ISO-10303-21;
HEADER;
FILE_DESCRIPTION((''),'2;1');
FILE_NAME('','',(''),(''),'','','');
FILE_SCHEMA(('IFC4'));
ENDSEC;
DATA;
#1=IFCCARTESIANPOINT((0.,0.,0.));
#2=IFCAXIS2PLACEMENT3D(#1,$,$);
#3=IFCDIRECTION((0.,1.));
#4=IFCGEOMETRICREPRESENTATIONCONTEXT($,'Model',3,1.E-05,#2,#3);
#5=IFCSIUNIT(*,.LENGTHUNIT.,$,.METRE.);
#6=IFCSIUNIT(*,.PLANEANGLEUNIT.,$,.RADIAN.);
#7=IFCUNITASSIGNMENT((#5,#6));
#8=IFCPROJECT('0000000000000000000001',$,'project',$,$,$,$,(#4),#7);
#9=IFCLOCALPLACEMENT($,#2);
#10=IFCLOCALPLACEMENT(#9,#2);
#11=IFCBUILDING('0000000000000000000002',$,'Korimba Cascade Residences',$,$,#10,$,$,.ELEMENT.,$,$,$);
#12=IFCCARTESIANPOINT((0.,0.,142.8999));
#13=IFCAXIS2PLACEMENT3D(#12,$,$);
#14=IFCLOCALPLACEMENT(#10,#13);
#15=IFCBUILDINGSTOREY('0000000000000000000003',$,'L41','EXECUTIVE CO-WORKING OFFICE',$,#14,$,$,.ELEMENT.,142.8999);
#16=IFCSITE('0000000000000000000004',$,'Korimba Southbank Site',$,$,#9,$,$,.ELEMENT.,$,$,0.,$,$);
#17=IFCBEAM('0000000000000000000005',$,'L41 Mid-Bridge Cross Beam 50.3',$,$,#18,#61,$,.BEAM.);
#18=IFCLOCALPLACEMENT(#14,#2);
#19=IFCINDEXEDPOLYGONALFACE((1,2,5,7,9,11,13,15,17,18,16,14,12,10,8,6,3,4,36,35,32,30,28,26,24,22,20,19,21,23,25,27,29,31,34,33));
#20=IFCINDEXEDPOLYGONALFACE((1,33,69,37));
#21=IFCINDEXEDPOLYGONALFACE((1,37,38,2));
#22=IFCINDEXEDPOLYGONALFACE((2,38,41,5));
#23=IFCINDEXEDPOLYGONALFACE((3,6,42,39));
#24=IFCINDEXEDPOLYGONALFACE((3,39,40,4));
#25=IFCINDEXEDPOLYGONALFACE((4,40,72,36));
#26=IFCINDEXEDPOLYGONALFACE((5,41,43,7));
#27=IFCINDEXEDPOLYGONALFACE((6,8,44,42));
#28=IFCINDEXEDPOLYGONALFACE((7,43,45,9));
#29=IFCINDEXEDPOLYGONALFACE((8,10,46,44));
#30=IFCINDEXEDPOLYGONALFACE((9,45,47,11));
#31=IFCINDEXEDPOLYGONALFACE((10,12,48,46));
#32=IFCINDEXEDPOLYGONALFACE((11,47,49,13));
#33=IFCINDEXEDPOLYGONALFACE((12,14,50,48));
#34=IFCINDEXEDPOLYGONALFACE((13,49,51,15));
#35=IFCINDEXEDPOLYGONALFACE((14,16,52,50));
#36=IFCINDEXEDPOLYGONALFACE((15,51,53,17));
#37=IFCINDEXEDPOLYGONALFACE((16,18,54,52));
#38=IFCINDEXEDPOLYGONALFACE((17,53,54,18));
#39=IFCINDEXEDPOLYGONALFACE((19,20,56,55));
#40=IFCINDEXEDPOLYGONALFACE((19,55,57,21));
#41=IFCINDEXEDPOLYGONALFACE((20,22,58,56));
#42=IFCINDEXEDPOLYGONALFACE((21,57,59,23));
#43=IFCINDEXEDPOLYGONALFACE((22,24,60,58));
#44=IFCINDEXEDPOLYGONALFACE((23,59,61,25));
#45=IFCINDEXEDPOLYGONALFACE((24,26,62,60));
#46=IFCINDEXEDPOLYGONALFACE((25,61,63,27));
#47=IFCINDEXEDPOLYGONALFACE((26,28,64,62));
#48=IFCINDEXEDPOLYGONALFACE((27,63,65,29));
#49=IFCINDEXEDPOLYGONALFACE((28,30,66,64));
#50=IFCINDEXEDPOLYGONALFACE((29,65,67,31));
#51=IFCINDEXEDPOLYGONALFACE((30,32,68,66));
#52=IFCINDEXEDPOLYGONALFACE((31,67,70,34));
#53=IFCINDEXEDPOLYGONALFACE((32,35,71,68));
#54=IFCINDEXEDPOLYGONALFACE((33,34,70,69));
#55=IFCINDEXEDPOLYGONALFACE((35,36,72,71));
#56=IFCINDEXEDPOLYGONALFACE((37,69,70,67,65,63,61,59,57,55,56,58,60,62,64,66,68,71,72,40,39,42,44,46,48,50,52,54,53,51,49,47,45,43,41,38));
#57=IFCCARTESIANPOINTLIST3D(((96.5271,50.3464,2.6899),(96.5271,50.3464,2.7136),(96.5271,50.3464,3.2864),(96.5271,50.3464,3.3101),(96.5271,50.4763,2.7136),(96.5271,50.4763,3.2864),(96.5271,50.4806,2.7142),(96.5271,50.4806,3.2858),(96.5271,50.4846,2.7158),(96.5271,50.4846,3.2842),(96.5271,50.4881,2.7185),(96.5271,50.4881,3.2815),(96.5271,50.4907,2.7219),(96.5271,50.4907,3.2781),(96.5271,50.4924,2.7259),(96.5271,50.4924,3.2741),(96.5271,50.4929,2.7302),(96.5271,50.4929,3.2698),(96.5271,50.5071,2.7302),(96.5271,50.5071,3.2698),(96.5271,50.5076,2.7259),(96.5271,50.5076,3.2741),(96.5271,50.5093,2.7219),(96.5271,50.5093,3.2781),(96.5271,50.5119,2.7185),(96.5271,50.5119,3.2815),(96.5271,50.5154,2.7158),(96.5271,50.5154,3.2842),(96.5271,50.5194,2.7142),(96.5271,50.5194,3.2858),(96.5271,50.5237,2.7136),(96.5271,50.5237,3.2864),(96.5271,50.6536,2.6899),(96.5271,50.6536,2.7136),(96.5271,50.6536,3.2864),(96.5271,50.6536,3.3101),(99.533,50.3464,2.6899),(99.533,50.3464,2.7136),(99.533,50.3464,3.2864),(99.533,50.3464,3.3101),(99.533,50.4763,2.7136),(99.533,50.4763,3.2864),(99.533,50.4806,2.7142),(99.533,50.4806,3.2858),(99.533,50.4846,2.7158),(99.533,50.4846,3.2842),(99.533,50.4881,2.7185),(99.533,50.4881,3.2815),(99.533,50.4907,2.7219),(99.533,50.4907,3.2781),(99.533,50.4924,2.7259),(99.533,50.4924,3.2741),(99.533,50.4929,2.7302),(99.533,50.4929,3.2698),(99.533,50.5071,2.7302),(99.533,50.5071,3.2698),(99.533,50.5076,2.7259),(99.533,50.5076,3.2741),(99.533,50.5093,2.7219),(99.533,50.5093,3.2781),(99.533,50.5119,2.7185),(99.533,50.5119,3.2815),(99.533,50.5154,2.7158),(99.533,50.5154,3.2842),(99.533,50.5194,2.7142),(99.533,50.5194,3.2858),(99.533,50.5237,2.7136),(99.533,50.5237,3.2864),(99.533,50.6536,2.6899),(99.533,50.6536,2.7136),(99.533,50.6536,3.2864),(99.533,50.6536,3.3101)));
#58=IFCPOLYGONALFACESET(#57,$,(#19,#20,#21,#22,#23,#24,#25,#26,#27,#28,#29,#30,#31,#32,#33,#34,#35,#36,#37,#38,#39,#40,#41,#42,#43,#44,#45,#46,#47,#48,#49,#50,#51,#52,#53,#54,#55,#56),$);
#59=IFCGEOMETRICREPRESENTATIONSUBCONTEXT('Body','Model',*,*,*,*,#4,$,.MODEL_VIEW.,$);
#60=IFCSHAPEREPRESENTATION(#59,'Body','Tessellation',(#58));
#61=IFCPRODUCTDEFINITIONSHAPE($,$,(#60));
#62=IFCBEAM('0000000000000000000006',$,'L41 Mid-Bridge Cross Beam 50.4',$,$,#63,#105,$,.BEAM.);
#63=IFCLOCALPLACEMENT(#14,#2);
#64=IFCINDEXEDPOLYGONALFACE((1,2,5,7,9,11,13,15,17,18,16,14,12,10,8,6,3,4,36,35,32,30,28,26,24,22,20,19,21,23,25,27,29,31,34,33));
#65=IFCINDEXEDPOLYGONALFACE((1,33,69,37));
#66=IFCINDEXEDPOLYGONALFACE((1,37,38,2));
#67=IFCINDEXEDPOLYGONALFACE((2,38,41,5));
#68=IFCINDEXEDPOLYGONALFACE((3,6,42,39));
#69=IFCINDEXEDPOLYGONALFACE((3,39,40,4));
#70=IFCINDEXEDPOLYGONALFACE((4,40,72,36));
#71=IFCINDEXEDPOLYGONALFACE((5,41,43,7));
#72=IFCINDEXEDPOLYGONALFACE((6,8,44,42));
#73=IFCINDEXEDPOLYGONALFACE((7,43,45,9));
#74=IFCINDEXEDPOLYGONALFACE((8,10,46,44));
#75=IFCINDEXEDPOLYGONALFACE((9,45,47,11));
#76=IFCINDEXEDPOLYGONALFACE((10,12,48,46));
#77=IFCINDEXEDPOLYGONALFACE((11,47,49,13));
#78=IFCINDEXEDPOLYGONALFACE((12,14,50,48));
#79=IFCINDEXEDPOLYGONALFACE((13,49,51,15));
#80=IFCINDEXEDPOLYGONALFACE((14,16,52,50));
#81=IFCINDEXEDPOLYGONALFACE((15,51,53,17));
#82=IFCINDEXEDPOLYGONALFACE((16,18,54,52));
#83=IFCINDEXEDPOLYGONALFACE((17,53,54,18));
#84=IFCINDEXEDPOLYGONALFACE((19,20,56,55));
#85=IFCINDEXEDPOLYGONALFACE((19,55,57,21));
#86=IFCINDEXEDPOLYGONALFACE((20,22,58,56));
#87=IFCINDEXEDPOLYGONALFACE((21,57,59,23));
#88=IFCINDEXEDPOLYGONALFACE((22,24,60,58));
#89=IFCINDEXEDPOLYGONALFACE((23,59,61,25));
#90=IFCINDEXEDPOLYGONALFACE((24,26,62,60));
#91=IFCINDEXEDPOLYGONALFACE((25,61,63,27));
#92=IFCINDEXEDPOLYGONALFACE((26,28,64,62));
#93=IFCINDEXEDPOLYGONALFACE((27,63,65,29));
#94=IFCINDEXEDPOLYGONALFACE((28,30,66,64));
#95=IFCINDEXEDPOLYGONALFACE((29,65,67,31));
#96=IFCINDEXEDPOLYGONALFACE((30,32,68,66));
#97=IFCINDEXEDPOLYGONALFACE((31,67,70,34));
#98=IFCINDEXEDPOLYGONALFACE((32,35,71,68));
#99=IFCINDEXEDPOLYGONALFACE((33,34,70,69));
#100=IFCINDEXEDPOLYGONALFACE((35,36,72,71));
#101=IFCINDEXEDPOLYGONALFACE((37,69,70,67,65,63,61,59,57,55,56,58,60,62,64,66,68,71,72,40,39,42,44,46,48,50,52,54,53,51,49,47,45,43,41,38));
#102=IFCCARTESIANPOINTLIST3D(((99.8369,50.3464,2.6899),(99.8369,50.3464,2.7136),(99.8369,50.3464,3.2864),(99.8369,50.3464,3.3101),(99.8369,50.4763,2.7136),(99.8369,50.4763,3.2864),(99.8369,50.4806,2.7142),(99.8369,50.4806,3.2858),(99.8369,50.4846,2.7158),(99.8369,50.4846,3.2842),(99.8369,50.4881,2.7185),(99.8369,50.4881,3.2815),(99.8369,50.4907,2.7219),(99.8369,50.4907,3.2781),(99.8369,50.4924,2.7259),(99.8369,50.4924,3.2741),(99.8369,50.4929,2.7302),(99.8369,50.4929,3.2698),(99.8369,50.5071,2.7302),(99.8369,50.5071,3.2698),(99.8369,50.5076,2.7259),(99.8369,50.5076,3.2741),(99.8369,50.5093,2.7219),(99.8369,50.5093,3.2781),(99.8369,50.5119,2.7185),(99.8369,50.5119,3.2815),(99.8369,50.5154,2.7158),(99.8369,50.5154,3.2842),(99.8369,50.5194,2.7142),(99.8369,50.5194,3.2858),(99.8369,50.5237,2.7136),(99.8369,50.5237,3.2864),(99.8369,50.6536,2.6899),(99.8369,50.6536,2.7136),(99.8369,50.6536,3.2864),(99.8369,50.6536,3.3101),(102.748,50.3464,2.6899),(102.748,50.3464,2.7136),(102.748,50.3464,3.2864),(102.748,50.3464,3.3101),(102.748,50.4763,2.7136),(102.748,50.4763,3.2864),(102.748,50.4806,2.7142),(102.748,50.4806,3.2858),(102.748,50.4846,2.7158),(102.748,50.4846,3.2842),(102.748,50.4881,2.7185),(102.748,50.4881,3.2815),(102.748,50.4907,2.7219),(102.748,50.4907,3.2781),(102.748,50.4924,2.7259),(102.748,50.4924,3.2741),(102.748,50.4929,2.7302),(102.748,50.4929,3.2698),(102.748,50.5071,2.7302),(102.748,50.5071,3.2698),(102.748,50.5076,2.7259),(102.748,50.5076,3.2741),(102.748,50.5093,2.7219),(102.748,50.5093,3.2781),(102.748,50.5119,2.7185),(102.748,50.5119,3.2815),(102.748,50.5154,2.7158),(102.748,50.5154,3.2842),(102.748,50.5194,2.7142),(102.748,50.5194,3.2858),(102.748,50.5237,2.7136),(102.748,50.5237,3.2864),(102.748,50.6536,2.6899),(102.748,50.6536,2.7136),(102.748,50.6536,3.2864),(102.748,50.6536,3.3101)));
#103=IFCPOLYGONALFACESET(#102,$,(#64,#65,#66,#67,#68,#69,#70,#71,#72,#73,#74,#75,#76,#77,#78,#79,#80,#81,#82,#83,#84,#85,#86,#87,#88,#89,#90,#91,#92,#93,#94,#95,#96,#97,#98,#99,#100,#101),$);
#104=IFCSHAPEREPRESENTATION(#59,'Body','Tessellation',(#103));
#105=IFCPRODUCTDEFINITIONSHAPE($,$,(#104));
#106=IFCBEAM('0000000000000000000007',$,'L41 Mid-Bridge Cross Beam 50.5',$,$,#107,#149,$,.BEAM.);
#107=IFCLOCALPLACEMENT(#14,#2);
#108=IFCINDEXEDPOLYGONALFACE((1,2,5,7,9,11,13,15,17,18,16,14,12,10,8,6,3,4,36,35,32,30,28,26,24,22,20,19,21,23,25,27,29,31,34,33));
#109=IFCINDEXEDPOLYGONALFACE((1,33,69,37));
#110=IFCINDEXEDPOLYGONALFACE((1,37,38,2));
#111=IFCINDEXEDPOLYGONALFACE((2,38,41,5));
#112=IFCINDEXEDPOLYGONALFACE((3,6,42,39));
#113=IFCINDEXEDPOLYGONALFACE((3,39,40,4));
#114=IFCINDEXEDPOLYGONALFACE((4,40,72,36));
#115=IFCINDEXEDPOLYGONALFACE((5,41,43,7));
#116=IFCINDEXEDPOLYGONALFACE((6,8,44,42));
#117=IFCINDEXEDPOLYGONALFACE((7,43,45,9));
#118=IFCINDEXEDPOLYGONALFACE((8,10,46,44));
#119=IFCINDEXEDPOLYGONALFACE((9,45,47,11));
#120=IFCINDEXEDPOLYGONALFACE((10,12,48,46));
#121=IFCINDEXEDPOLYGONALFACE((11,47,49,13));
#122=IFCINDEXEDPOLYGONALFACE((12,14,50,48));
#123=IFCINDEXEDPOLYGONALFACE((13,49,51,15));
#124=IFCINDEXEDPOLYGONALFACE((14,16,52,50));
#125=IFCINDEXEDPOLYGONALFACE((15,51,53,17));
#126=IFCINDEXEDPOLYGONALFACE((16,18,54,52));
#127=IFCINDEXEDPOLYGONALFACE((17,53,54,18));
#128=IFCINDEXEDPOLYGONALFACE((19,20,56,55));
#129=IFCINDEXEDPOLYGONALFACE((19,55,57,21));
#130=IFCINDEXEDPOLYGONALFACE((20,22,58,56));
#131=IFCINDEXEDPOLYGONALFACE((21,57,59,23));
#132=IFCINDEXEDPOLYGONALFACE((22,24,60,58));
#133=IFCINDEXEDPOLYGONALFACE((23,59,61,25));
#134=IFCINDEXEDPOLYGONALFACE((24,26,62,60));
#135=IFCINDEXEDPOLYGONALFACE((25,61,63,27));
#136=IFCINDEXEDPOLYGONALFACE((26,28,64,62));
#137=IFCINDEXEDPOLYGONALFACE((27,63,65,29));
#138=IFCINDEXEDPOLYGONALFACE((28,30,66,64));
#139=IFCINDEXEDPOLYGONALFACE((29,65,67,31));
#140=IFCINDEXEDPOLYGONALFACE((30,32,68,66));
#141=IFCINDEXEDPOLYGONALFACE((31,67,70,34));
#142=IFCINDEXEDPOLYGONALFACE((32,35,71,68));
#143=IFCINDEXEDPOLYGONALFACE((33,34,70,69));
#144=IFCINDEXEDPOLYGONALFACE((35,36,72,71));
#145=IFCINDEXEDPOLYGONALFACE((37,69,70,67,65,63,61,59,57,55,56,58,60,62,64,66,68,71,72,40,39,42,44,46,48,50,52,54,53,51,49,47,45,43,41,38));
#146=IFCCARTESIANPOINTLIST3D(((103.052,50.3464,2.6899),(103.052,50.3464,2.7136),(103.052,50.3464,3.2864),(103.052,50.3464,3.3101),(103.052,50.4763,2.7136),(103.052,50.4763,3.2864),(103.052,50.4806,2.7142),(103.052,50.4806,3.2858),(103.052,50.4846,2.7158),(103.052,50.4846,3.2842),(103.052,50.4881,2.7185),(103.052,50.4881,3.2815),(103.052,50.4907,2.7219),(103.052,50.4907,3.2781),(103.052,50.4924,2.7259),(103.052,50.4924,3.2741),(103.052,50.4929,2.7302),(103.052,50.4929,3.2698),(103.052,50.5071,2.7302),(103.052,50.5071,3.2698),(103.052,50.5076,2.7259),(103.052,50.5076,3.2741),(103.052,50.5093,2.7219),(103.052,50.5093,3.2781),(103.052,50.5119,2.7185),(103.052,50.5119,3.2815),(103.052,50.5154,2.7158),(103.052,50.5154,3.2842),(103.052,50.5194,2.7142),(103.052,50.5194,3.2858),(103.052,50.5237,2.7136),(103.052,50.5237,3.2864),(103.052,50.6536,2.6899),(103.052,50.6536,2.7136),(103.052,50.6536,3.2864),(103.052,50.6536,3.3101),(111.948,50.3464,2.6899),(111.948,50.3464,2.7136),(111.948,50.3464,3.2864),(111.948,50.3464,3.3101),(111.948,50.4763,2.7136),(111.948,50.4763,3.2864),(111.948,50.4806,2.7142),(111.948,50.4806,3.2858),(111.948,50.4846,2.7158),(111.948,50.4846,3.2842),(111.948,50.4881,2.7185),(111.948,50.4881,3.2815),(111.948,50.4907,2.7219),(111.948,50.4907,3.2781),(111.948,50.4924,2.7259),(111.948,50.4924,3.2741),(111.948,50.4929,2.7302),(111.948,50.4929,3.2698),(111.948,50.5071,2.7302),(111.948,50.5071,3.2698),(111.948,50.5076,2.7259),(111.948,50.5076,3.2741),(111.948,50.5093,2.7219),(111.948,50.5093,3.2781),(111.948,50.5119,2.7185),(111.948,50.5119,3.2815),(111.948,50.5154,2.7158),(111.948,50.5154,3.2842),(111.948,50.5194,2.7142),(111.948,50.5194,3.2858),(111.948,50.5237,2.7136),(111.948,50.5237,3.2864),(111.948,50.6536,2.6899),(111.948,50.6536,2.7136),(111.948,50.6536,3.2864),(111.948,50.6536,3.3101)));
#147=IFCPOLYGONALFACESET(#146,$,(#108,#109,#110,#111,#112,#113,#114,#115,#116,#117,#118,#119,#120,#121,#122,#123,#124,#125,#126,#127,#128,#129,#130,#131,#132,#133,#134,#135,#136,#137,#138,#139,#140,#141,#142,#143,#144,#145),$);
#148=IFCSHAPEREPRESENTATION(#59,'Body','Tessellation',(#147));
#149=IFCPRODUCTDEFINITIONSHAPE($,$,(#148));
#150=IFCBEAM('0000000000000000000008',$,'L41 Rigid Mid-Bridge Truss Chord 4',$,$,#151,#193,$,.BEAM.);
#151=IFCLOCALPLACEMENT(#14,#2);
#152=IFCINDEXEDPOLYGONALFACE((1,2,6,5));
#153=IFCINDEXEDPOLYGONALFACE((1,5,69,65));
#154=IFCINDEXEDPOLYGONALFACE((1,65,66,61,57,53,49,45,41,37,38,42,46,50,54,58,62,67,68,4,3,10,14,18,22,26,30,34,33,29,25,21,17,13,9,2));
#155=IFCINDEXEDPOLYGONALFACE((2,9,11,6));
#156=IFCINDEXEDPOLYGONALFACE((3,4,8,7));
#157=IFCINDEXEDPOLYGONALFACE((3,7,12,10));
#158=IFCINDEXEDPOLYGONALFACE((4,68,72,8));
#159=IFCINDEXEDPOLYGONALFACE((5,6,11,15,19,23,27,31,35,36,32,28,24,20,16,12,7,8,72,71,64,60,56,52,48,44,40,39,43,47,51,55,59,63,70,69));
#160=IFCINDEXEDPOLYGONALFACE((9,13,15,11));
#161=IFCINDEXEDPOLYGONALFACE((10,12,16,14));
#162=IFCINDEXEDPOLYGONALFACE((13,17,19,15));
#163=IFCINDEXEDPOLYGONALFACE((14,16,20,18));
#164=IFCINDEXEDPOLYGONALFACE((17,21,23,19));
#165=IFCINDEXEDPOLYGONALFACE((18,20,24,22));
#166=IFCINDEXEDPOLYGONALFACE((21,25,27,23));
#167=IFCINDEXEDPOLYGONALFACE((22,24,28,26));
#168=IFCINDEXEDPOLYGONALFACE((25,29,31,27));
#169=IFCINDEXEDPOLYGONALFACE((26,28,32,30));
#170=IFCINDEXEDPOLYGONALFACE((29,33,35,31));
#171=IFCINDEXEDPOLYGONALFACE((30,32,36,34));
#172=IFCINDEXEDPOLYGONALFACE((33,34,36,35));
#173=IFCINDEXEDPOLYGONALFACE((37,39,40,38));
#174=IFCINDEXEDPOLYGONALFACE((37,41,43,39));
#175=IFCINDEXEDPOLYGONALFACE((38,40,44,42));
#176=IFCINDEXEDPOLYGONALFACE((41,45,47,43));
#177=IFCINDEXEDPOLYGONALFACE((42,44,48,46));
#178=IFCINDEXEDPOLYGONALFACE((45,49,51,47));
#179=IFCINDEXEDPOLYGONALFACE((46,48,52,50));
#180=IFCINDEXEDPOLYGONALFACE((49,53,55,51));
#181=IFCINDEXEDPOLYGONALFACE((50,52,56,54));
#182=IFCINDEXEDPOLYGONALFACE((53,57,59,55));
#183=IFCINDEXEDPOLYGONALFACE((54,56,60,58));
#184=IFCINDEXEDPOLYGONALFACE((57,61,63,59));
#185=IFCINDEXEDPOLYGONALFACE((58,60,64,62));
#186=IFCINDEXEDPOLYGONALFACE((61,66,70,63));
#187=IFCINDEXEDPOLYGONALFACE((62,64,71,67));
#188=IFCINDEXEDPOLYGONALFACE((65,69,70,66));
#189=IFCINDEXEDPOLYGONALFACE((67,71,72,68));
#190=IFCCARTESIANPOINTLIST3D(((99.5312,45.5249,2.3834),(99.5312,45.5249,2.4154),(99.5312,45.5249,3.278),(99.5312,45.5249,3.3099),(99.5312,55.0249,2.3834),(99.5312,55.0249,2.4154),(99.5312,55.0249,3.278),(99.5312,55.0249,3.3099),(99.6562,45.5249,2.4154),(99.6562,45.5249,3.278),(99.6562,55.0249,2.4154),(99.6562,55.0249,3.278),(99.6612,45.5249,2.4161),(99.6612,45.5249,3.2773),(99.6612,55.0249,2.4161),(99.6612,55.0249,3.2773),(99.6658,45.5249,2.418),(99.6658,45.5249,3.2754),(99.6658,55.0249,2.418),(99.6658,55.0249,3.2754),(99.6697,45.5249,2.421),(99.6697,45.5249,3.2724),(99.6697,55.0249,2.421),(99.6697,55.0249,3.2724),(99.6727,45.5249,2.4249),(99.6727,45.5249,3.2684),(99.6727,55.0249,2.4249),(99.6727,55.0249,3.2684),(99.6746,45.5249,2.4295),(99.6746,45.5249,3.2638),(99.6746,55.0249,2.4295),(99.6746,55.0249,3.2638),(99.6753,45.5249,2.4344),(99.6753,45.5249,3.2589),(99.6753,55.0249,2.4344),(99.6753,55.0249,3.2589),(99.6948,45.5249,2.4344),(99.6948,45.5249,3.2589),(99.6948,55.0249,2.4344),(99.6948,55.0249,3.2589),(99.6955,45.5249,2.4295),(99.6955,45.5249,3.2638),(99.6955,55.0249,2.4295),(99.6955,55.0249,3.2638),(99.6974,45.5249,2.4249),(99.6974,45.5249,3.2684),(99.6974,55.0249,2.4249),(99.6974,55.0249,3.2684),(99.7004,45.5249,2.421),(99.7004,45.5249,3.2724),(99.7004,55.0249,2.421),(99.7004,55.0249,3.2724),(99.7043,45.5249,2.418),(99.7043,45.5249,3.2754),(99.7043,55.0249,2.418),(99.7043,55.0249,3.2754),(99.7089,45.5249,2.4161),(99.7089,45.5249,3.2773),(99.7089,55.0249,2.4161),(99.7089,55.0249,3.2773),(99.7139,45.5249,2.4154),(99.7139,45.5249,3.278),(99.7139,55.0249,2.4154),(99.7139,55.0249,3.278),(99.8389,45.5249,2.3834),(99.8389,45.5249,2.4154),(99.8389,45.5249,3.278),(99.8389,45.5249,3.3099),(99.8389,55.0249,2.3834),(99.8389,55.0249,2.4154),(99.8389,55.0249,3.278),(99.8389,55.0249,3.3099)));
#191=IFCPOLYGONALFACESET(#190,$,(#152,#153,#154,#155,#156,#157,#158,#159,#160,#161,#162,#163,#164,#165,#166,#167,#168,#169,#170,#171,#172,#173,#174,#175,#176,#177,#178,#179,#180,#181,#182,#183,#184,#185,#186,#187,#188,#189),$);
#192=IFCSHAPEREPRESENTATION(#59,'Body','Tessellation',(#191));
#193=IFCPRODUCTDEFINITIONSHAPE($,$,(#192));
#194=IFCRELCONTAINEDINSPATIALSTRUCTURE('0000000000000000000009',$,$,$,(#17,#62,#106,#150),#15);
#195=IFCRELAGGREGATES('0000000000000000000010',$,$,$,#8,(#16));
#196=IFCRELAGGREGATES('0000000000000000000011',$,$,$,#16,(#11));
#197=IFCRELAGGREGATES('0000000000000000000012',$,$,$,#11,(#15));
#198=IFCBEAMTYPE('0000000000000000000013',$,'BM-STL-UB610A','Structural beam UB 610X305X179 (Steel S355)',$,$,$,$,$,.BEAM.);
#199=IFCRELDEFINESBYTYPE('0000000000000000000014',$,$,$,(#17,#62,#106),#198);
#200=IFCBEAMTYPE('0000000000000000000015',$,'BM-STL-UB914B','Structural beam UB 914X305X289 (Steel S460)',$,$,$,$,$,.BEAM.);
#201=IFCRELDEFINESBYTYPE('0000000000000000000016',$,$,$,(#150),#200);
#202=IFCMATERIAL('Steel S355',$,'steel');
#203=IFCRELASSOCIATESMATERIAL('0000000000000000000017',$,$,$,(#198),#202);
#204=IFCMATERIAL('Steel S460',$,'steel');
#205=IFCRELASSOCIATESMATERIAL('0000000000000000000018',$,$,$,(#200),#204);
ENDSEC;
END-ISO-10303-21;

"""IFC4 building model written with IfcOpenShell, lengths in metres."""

from ifc_helpers import new_model, si_unit, direction, frame, origin, origin_2d, place, context, subcontext, project, spatial, i_section, extrude, material, material_profile, profile_set, type_object, element, save


model = new_model("IFC4")

# Units and contexts
model_context = context("Model", 3, precision=1e-05, world=origin(), true_north=direction((0.0, 1.0)))
body_context = subcontext(model_context, "Body", "Model", "MODEL_VIEW")
ifc_project = project(units=[si_unit("LENGTHUNIT", "METRE"), si_unit("PLANEANGLEUNIT", "RADIAN")], contexts=[model_context])

# Site, building, storey
site_placement = place(None, origin())
site = spatial("IfcSite", under=ifc_project, at=site_placement, Name="Korimba Southbank Site", CompositionType="ELEMENT", RefElevation=0.0)
building_placement = place(site_placement, origin())
building = spatial("IfcBuilding", under=site, at=building_placement, Name="Korimba Cascade Residences", CompositionType="ELEMENT")
storey_placement = place(building_placement, frame((0.0, 0.0, 142.8999)))
storey = spatial("IfcBuildingStorey", under=building, at=storey_placement, Name="L41", Description="EXECUTIVE CO-WORKING OFFICE", CompositionType="ELEMENT", Elevation=142.8999)

# Shared definitions
ifc_material_1 = material(Name="Steel S460", Category="steel")

# Beams
ifc_material_2 = material(Name="Steel S355", Category="steel")
ifc_material_profile_1 = material_profile(ifc_material_2, i_section(OverallWidth=0.3071, OverallDepth=0.6201, WebThickness=0.0142, FlangeThickness=0.0237, FilletRadius=0.0166, at=origin_2d()), Name="Steel S355")
ifc_profile_set_1 = profile_set([ifc_material_profile_1], Name="Steel S355")
beam_type_1 = type_object("IfcBeamType", Name="BM-STL-UB610A", Description="Structural beam UB 610X305X179 (Steel S355)", PredefinedType="BEAM", material=ifc_profile_set_1)
beam_1_placement = place(storey_placement, frame((96.5271, 50.5, 3.0), z_axis=(1.0, 0.0, 0.0), x_axis=(0.0, 1.0, 0.0)))
element("IfcBeam", 1, at=beam_1_placement, inside=storey, type_object=beam_type_1, Name="L41 Mid-Bridge Cross Beam 50.3", PredefinedType="BEAM", context=body_context, shape_type="SweptSolid", body=[
    extrude(i_section(OverallWidth=0.3071, OverallDepth=0.6201, WebThickness=0.0142, FlangeThickness=0.0237, FilletRadius=0.0166, at=origin_2d()), origin(), (0.0, 0.0, 1.0), 3.0059),
])
beam_2_placement = place(storey_placement, frame((99.8369, 50.5, 3.0), z_axis=(1.0, 0.0, 0.0), x_axis=(0.0, 1.0, 0.0)))
element("IfcBeam", 2, at=beam_2_placement, inside=storey, type_object=beam_type_1, Name="L41 Mid-Bridge Cross Beam 50.4", PredefinedType="BEAM", context=body_context, shape_type="SweptSolid", body=[
    extrude(i_section(OverallWidth=0.3071, OverallDepth=0.6201, WebThickness=0.0142, FlangeThickness=0.0237, FilletRadius=0.0166, at=origin_2d()), origin(), (0.0, 0.0, 1.0), 2.9111),
])
beam_3_placement = place(storey_placement, frame((103.052, 50.5, 3.0), z_axis=(1.0, 0.0, 0.0), x_axis=(0.0, 1.0, 0.0)))
element("IfcBeam", 3, at=beam_3_placement, inside=storey, type_object=beam_type_1, Name="L41 Mid-Bridge Cross Beam 50.5", PredefinedType="BEAM", context=body_context, shape_type="SweptSolid", body=[
    extrude(i_section(OverallWidth=0.3071, OverallDepth=0.6201, WebThickness=0.0142, FlangeThickness=0.0237, FilletRadius=0.0166, at=origin_2d()), origin(), (0.0, 0.0, 1.0), 8.896),
])
ifc_material_profile_2 = material_profile(ifc_material_1, i_section(OverallWidth=0.3076, OverallDepth=0.9265, WebThickness=0.0195, FlangeThickness=0.032, FilletRadius=0.019, at=origin_2d()), Name="Steel S460")
ifc_profile_set_2 = profile_set([ifc_material_profile_2], Name="Steel S460")
beam_type_2 = type_object("IfcBeamType", Name="BM-STL-UB914B", Description="Structural beam UB 914X305X289 (Steel S460)", PredefinedType="BEAM", material=ifc_profile_set_2)
beam_4_placement = place(storey_placement, frame((99.6851, 45.5249, 2.8467), z_axis=(0.0, 1.0, 0.0), x_axis=(-1.0, 0.0, 0.0)))
element("IfcBeam", 4, at=beam_4_placement, inside=storey, type_object=beam_type_2, Name="L41 Rigid Mid-Bridge Truss Chord 4", PredefinedType="BEAM", context=body_context, shape_type="SweptSolid", body=[
    extrude(i_section(OverallWidth=0.3076, OverallDepth=0.9265, WebThickness=0.0195, FlangeThickness=0.032, FilletRadius=0.019, at=origin_2d()), origin(), (0.0, 0.0, 1.0), 9.5),
])

save(model, "model.ifc")
